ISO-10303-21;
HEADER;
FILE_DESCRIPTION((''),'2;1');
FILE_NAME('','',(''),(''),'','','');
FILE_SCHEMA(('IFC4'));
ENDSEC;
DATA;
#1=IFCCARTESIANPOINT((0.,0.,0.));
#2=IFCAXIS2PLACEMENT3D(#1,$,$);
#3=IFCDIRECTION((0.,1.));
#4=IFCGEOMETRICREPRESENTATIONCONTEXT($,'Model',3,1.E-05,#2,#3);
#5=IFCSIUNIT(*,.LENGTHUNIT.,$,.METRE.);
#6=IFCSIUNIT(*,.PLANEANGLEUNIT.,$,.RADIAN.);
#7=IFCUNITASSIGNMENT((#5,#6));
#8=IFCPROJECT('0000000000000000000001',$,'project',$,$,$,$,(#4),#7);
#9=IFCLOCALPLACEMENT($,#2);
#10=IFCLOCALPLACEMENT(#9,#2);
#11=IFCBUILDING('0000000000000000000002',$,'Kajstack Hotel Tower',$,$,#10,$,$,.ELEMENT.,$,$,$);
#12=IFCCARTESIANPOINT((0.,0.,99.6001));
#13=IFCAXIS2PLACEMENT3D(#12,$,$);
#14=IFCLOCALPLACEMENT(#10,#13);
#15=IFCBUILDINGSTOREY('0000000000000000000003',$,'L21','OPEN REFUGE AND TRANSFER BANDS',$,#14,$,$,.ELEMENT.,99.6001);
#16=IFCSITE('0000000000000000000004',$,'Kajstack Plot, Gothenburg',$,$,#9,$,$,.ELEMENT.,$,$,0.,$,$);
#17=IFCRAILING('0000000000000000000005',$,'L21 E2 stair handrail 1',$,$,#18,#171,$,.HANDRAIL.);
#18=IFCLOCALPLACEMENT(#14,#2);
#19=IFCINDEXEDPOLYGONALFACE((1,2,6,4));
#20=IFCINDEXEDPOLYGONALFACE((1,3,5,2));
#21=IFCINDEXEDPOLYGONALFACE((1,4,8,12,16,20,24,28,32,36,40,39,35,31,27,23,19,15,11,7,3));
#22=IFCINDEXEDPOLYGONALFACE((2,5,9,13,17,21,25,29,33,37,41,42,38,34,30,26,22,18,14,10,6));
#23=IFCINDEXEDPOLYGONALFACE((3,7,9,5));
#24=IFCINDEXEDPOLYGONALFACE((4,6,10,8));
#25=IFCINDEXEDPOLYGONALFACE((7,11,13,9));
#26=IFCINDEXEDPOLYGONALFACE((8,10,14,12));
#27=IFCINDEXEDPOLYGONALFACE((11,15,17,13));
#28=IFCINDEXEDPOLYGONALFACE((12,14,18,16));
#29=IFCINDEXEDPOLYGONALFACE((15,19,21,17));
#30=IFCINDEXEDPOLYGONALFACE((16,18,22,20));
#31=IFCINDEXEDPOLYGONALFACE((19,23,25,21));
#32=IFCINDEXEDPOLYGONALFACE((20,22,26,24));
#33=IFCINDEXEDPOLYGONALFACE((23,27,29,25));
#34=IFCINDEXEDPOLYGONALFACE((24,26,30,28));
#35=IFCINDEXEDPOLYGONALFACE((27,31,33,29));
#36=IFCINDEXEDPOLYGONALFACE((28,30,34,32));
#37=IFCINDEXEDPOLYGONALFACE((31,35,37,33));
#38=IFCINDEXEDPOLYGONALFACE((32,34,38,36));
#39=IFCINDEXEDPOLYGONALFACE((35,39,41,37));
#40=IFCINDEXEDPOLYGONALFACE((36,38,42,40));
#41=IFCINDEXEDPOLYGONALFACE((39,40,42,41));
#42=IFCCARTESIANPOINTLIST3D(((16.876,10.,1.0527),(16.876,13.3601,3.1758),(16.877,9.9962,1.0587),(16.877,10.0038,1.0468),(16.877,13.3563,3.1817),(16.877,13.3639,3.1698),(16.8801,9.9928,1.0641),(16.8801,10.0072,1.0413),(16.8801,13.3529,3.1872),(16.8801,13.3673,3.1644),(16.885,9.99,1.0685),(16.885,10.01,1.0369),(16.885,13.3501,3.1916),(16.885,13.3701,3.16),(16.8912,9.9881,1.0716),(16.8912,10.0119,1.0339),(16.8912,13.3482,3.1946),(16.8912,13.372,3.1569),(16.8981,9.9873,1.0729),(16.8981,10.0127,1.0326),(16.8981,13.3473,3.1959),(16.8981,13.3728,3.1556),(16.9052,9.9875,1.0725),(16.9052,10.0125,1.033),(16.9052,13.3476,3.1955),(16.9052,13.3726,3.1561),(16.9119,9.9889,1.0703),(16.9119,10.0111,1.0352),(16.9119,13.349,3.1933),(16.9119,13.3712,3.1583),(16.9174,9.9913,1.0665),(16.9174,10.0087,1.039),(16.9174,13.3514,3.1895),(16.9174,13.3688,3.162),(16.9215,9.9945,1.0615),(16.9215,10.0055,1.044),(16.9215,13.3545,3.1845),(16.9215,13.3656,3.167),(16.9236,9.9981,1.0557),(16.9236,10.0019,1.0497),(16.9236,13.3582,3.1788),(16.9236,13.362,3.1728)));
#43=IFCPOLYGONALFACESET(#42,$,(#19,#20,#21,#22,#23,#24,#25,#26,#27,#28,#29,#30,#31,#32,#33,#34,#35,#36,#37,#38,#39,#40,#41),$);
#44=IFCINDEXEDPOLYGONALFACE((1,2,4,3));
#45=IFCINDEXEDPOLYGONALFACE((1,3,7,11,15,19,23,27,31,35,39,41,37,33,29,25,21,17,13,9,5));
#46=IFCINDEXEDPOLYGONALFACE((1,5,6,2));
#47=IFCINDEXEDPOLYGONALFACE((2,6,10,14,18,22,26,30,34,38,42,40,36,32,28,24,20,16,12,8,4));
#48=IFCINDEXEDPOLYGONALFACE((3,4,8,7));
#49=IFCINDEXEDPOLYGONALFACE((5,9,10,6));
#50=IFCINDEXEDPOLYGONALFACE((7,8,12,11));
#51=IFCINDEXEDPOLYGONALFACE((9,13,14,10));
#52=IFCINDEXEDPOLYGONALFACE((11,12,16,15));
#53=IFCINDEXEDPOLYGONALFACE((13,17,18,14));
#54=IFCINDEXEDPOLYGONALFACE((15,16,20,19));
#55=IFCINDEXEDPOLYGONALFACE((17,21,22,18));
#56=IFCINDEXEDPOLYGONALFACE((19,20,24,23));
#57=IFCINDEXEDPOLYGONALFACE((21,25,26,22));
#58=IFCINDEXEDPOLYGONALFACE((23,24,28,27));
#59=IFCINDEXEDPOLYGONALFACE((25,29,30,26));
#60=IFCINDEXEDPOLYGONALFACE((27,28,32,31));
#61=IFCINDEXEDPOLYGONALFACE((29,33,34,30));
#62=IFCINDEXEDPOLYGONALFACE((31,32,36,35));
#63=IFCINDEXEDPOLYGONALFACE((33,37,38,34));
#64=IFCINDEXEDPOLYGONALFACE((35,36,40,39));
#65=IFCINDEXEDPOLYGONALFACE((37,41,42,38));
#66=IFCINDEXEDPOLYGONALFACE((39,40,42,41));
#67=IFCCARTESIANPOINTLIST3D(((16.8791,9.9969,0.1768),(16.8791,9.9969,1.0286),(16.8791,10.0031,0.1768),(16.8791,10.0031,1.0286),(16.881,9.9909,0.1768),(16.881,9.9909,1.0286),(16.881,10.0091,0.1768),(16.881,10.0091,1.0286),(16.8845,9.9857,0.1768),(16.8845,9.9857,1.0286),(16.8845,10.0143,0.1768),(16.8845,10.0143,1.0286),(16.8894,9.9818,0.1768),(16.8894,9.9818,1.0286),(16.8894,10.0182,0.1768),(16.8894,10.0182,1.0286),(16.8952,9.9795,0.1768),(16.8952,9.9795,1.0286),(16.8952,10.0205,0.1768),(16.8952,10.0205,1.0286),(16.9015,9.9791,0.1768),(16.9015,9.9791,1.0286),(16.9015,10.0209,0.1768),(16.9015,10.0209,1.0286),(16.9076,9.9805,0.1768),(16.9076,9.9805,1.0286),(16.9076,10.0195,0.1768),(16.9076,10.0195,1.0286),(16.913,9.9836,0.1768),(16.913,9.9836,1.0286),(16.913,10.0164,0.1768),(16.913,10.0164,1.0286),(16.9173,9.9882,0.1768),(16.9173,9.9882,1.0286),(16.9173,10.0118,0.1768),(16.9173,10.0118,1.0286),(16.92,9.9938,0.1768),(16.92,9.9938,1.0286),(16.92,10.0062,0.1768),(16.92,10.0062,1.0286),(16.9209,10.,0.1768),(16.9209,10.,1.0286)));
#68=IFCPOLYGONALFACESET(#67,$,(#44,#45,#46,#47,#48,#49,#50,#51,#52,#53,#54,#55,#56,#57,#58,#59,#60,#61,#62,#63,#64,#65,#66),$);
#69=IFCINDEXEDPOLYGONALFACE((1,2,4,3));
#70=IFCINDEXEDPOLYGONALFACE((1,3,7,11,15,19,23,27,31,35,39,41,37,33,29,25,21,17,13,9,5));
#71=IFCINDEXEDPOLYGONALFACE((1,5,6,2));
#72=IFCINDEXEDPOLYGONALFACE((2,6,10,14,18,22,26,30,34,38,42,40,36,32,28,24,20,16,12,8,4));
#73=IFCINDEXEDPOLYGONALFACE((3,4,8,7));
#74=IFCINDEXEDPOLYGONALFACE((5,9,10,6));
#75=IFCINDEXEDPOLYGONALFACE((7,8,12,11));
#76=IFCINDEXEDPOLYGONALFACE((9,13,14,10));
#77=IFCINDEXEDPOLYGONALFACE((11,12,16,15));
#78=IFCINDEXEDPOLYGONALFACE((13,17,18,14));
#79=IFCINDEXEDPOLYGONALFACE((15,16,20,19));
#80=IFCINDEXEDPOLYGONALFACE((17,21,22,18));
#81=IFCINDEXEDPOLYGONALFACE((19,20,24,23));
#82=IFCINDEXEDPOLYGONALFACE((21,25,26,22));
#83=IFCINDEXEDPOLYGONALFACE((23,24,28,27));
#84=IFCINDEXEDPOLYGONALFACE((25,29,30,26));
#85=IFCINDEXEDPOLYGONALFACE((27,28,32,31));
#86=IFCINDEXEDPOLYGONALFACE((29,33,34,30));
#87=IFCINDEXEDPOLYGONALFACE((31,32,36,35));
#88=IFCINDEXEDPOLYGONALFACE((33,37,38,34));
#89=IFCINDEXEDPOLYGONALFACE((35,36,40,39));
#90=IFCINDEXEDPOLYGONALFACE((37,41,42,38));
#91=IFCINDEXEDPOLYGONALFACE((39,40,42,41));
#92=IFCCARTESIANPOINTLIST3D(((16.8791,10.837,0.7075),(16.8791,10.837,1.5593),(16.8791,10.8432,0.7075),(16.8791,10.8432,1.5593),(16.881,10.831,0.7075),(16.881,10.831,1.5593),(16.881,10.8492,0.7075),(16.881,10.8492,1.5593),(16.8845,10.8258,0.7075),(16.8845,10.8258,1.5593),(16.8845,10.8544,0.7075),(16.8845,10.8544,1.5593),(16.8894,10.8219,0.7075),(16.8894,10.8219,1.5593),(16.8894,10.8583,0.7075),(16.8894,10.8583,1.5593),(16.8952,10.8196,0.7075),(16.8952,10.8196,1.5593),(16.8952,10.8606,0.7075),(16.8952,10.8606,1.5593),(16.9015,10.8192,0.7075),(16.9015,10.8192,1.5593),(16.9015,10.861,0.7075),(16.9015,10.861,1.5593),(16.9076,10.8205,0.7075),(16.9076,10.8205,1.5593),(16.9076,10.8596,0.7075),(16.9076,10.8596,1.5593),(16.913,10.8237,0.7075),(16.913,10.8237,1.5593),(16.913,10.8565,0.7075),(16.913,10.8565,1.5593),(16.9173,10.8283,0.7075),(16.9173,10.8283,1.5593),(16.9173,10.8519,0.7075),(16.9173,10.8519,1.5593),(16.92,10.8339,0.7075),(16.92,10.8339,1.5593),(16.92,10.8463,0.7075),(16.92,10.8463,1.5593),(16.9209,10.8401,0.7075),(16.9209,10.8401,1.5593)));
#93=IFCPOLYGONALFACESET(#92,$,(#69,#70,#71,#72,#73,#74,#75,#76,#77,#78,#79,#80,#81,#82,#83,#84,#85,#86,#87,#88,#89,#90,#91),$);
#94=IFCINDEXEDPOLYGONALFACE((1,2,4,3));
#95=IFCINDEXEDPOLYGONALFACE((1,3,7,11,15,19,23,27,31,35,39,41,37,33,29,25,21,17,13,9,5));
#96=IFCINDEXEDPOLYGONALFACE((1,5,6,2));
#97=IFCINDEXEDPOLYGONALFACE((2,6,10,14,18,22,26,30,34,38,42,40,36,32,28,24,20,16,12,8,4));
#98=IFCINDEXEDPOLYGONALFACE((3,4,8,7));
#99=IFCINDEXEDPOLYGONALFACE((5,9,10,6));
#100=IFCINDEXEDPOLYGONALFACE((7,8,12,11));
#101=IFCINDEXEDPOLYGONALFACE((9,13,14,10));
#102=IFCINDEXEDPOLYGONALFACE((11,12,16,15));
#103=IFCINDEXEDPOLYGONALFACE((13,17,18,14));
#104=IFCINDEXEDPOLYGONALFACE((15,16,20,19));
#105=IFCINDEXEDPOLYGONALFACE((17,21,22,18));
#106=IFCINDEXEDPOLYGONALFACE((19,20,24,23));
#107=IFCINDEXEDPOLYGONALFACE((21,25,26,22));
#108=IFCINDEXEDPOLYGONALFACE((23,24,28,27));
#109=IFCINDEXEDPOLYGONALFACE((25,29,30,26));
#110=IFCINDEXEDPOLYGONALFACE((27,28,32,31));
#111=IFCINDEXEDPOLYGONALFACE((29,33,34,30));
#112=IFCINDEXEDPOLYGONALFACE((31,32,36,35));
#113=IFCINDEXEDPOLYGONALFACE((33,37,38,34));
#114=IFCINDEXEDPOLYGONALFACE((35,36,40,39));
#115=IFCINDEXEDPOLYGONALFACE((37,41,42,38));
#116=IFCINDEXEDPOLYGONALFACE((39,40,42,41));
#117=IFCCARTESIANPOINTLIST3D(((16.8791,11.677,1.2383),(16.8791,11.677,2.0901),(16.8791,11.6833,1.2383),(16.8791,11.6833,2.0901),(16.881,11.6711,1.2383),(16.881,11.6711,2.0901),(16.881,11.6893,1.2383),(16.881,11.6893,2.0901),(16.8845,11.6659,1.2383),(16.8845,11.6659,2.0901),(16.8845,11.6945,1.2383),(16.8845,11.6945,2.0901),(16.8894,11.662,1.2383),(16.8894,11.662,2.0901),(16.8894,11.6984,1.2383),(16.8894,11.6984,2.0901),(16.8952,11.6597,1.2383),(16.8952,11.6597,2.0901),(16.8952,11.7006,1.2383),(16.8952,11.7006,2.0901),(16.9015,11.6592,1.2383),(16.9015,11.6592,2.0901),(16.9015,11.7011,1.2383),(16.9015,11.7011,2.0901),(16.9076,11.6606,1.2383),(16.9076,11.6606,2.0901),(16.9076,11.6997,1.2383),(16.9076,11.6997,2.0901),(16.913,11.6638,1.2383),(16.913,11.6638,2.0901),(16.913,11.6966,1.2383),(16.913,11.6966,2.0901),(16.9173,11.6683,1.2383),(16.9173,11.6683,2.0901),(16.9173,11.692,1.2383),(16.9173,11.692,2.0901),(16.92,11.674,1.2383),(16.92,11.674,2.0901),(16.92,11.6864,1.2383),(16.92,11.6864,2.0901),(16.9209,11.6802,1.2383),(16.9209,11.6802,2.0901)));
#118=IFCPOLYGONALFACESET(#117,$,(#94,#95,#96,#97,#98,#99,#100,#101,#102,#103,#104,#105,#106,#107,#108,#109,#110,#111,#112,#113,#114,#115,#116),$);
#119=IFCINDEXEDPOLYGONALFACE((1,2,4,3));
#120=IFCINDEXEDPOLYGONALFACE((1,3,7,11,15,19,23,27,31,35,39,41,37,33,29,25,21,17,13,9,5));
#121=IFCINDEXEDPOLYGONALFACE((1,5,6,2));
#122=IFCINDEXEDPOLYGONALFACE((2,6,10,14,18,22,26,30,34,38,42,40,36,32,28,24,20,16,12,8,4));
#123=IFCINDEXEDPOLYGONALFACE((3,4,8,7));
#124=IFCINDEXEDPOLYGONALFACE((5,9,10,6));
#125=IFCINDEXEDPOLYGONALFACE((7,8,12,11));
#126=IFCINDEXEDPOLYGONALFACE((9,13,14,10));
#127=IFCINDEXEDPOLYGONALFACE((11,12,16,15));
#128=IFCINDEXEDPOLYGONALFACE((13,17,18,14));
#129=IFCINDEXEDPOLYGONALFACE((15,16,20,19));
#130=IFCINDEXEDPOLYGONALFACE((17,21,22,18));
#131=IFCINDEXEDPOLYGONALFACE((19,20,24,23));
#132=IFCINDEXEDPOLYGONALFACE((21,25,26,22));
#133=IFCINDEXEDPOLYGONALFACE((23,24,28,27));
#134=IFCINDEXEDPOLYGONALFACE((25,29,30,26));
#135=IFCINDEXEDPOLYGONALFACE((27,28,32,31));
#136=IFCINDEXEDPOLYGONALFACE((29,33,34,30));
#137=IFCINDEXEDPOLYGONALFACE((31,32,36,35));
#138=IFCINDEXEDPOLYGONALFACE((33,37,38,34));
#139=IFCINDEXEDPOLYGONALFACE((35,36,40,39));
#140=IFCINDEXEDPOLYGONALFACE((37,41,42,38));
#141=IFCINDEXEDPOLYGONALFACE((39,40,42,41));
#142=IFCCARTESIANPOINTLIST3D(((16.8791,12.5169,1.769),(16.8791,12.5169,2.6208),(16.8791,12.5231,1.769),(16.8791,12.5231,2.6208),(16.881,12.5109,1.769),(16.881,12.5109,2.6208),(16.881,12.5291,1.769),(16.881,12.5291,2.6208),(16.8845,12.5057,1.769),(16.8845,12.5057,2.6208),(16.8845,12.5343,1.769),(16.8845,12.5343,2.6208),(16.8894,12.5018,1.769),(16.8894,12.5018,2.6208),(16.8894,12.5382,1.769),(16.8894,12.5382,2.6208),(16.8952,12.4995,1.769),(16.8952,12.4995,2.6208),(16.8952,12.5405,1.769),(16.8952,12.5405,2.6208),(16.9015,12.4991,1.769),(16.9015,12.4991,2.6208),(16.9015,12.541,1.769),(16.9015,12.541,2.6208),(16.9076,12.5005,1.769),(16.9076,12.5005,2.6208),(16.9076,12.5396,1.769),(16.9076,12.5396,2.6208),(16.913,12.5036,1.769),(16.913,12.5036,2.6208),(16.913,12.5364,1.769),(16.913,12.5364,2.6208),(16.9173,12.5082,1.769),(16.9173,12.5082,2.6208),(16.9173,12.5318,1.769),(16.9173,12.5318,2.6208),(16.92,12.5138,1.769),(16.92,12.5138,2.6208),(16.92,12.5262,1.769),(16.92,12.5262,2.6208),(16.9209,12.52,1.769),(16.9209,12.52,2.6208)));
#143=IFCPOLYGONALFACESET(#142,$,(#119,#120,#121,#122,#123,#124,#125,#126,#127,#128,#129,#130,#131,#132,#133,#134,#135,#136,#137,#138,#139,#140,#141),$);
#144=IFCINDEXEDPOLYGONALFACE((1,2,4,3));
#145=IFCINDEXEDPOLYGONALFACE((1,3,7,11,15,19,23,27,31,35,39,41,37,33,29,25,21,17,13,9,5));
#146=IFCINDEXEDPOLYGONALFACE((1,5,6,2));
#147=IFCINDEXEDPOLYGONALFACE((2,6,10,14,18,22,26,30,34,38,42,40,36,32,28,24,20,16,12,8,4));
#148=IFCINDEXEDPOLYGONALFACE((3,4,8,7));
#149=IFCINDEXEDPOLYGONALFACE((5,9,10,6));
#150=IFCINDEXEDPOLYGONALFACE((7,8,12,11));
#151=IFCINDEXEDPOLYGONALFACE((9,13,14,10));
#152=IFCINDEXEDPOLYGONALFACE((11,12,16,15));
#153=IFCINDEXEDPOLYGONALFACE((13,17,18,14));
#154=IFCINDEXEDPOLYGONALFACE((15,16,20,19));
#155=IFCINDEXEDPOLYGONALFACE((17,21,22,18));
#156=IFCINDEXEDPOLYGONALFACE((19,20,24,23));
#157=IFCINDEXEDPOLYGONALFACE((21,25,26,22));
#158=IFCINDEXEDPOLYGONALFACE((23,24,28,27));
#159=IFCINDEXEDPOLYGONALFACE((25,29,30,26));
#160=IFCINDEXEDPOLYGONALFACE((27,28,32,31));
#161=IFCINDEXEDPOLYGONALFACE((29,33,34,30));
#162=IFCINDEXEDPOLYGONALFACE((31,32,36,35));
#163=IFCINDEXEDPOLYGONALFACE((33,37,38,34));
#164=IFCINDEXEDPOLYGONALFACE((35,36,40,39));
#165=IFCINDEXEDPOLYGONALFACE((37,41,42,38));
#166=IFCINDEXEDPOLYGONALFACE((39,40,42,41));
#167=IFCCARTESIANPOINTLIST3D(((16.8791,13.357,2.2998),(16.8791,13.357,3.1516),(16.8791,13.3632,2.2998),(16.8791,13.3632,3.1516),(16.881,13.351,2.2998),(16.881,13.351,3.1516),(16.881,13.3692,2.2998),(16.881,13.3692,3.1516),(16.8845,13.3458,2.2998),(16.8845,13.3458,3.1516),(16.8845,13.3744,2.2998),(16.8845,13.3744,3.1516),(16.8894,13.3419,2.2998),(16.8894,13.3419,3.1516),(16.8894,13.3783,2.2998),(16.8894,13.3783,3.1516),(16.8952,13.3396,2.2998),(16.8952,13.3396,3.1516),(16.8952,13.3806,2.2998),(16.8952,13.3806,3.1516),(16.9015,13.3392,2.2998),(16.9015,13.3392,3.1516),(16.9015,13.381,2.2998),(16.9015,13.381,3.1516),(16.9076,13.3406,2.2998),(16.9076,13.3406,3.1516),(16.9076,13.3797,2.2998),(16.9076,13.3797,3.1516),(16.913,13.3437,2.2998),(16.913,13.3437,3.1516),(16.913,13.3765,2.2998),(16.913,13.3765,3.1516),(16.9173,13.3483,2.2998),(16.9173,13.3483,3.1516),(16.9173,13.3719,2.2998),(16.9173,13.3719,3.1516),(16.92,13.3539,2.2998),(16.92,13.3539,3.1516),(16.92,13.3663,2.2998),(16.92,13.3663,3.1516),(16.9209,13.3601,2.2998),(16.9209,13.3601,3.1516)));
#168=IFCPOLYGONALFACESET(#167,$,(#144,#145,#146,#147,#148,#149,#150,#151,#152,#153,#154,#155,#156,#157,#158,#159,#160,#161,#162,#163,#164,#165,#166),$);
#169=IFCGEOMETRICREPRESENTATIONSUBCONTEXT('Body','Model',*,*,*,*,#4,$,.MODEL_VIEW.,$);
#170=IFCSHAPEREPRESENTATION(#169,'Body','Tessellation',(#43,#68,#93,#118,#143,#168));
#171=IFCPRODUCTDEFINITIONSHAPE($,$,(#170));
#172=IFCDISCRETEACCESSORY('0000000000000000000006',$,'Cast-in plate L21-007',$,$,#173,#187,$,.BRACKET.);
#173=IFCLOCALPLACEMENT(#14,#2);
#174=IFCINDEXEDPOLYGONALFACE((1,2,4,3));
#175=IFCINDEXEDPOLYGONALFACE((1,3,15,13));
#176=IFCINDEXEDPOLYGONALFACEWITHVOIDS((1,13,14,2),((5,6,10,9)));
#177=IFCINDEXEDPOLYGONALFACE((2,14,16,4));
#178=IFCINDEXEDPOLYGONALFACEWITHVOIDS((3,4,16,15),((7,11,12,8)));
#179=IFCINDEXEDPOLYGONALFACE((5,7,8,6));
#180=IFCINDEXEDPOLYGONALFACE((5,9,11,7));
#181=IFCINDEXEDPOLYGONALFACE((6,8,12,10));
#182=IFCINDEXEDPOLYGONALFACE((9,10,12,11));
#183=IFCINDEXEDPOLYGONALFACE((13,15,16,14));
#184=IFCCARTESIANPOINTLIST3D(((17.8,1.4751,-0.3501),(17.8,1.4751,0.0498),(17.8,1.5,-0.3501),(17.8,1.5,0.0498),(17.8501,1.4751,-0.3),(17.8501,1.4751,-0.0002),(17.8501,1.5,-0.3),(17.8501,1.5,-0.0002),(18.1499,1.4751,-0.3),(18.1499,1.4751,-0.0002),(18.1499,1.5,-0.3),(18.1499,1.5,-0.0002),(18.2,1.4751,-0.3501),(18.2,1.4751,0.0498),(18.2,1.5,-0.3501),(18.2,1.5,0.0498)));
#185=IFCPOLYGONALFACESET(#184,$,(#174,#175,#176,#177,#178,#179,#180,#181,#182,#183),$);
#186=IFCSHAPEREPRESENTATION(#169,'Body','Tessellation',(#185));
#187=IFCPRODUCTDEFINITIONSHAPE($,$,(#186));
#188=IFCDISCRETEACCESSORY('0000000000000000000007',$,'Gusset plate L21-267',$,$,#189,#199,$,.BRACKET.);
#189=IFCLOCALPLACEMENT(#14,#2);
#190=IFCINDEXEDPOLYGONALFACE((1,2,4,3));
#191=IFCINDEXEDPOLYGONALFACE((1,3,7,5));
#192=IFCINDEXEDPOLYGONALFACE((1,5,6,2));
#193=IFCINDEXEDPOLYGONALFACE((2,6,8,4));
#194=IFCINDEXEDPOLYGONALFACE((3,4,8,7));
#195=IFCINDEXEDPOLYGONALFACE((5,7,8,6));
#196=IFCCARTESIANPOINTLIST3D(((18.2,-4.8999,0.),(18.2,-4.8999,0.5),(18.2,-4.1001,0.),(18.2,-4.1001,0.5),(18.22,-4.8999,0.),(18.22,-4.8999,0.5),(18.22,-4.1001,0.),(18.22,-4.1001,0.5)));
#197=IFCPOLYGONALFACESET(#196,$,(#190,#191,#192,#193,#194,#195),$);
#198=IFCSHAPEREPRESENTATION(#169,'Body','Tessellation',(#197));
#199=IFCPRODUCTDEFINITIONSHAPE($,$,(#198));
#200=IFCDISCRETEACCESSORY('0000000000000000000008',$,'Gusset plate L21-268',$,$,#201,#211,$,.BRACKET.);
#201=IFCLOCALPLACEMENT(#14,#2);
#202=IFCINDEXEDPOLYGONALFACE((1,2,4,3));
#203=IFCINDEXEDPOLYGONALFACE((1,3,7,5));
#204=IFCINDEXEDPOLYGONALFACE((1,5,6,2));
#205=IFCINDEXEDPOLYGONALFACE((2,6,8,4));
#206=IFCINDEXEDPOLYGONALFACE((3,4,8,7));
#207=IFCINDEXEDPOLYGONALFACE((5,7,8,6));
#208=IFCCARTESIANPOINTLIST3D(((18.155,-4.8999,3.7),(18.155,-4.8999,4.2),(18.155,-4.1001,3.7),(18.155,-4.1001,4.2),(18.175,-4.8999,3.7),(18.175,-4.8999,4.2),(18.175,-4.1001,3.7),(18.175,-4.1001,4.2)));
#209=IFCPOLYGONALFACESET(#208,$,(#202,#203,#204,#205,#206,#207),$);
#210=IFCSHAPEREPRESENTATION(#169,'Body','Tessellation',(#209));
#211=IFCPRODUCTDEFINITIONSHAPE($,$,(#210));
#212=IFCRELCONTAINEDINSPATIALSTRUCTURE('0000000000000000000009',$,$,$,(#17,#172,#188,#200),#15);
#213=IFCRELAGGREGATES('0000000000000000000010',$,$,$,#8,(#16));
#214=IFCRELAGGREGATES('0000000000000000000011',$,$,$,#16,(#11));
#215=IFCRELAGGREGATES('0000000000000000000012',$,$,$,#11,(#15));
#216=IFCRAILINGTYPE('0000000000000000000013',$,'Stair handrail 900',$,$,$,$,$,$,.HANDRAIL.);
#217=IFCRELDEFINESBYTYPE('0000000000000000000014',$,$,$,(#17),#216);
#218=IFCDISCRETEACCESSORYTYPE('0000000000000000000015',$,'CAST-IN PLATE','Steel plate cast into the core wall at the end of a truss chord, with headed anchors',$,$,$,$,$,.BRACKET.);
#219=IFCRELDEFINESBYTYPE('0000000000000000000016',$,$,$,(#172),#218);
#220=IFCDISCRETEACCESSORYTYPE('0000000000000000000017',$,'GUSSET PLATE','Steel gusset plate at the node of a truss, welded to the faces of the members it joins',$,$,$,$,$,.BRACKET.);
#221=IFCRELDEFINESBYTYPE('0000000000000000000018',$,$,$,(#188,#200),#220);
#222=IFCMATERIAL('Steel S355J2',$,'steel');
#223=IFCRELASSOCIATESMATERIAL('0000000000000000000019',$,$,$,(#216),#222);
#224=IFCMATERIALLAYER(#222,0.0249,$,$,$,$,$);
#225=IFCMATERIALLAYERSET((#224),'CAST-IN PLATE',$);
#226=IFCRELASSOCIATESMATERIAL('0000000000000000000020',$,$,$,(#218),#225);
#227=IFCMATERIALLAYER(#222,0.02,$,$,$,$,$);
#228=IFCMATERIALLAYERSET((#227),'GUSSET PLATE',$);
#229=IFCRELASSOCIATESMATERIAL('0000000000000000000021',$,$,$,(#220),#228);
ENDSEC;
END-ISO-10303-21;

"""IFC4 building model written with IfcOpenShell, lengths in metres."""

from ifc_helpers import new_model, si_unit, direction, frame, origin, origin_2d, place, context, subcontext, project, spatial, polyline, circle, outline, extrude, material, layer, layer_set, type_object, element, save


model = new_model("IFC4")

# Units and contexts
model_context = context("Model", 3, precision=1e-05, world=origin(), true_north=direction((0.0, 1.0)))
body_context = subcontext(model_context, "Body", "Model", "MODEL_VIEW")
ifc_project = project(units=[si_unit("LENGTHUNIT", "METRE"), si_unit("PLANEANGLEUNIT", "RADIAN")], contexts=[model_context])

# Site, building, storey
site_placement = place(None, origin())
site = spatial("IfcSite", under=ifc_project, at=site_placement, Name="Kajstack Plot, Gothenburg", CompositionType="ELEMENT", RefElevation=0.0)
building_placement = place(site_placement, origin())
building = spatial("IfcBuilding", under=site, at=building_placement, Name="Kajstack Hotel Tower", CompositionType="ELEMENT")
storey_placement = place(building_placement, frame((0.0, 0.0, 99.6001)))
storey = spatial("IfcBuildingStorey", under=building, at=storey_placement, Name="L21", Description="OPEN REFUGE AND TRANSFER BANDS", CompositionType="ELEMENT", Elevation=99.6001)

# Shared definitions
ifc_material_1 = material(Name="Steel S355J2", Category="steel")

# Railing
railing_type_1 = type_object("IfcRailingType", Name="Stair handrail 900", PredefinedType="HANDRAIL", material=ifc_material_1)
railing_1_placement = place(storey_placement, frame((16.8999, 10.0, 0.1768)))
element("IfcRailing", 1, at=railing_1_placement, inside=storey, type_object=railing_type_1, Name="L21 E2 stair handrail 1", PredefinedType="HANDRAIL", context=body_context, shape_type="SweptSolid", body=[
    extrude(circle(Radius=0.0239, at=origin_2d()), frame((0.0, 0.0, 0.876), z_axis=(0.0, 0.84539, 0.53415), x_axis=(-1.0, 0.0, 0.0)), (0.0, 0.0, 1.0), 3.9746),
    extrude(circle(Radius=0.021, at=origin_2d()), origin(), (0.0, 0.0, 1.0), 0.8518),
    extrude(circle(Radius=0.021, at=origin_2d()), frame((0.0, 0.8401, 0.5308)), (0.0, 0.0, 1.0), 0.8518),
    extrude(circle(Radius=0.021, at=origin_2d()), frame((0.0, 1.6802, 1.0615)), (0.0, 0.0, 1.0), 0.8518),
    extrude(circle(Radius=0.021, at=origin_2d()), frame((0.0, 2.52, 1.5923)), (0.0, 0.0, 1.0), 0.8518),
    extrude(circle(Radius=0.021, at=origin_2d()), frame((0.0, 3.3601, 2.123)), (0.0, 0.0, 1.0), 0.8518),
])

# Discrete accessories
ifc_layer_1 = layer(ifc_material_1, 0.0249)
ifc_layer_set_1 = layer_set([ifc_layer_1], Name="CAST-IN PLATE")
discrete_accessory_type_1 = type_object("IfcDiscreteAccessoryType", Name="CAST-IN PLATE", Description="Steel plate cast into the core wall at the end of a truss chord, with headed anchors", PredefinedType="BRACKET", material=ifc_layer_set_1)
discrete_accessory_1_placement = place(storey_placement, frame((18.0, 1.4751, -0.1501), z_axis=(0.0, 1.0, 0.0), x_axis=(-1.0, 0.0, 0.0)))
element("IfcDiscreteAccessory", 2, at=discrete_accessory_1_placement, inside=storey, type_object=discrete_accessory_type_1, Name="Cast-in plate L21-007", PredefinedType="BRACKET", context=body_context, shape_type="SweptSolid", body=[
    extrude(outline(polyline([(-0.2, -0.2), (0.2, -0.2), (0.2, 0.2), (-0.2, 0.2), (-0.2, -0.2)]), holes=[polyline([(-0.1499, -0.1499), (-0.1499, 0.1499), (0.1499, 0.1499), (0.1499, -0.1499), (-0.1499, -0.1499)])]), origin(), (0.0, 0.0, 1.0), 0.0249),
])
ifc_layer_2 = layer(ifc_material_1, 0.02)
ifc_layer_set_2 = layer_set([ifc_layer_2], Name="GUSSET PLATE")
discrete_accessory_type_2 = type_object("IfcDiscreteAccessoryType", Name="GUSSET PLATE", Description="Steel gusset plate at the node of a truss, welded to the faces of the members it joins", PredefinedType="BRACKET", material=ifc_layer_set_2)
for number, where, z_axis, x_axis, name in (
    (3, (18.2, -4.5, 0.0), (1.0, 0.0, 0.0), (0.0, 1.0, 0.0), "Gusset plate L21-267"),
    (4, (18.155, -4.5, 3.7), (1.0, 0.0, 0.0), (0.0, 1.0, 0.0), "Gusset plate L21-268"),
):
    element("IfcDiscreteAccessory", number, at=place(storey_placement, frame(where, z_axis=z_axis, x_axis=x_axis)), inside=storey, type_object=discrete_accessory_type_2, Name=name, PredefinedType="BRACKET", context=body_context, shape_type="SweptSolid", body=[
        extrude(outline(polyline([(-0.3999, 0.0), (0.3999, 0.0), (0.3999, 0.5), (-0.3999, 0.5), (-0.3999, 0.0)])), origin(), (0.0, 0.0, 1.0), 0.02),
    ])

save(model, "model.ifc")
